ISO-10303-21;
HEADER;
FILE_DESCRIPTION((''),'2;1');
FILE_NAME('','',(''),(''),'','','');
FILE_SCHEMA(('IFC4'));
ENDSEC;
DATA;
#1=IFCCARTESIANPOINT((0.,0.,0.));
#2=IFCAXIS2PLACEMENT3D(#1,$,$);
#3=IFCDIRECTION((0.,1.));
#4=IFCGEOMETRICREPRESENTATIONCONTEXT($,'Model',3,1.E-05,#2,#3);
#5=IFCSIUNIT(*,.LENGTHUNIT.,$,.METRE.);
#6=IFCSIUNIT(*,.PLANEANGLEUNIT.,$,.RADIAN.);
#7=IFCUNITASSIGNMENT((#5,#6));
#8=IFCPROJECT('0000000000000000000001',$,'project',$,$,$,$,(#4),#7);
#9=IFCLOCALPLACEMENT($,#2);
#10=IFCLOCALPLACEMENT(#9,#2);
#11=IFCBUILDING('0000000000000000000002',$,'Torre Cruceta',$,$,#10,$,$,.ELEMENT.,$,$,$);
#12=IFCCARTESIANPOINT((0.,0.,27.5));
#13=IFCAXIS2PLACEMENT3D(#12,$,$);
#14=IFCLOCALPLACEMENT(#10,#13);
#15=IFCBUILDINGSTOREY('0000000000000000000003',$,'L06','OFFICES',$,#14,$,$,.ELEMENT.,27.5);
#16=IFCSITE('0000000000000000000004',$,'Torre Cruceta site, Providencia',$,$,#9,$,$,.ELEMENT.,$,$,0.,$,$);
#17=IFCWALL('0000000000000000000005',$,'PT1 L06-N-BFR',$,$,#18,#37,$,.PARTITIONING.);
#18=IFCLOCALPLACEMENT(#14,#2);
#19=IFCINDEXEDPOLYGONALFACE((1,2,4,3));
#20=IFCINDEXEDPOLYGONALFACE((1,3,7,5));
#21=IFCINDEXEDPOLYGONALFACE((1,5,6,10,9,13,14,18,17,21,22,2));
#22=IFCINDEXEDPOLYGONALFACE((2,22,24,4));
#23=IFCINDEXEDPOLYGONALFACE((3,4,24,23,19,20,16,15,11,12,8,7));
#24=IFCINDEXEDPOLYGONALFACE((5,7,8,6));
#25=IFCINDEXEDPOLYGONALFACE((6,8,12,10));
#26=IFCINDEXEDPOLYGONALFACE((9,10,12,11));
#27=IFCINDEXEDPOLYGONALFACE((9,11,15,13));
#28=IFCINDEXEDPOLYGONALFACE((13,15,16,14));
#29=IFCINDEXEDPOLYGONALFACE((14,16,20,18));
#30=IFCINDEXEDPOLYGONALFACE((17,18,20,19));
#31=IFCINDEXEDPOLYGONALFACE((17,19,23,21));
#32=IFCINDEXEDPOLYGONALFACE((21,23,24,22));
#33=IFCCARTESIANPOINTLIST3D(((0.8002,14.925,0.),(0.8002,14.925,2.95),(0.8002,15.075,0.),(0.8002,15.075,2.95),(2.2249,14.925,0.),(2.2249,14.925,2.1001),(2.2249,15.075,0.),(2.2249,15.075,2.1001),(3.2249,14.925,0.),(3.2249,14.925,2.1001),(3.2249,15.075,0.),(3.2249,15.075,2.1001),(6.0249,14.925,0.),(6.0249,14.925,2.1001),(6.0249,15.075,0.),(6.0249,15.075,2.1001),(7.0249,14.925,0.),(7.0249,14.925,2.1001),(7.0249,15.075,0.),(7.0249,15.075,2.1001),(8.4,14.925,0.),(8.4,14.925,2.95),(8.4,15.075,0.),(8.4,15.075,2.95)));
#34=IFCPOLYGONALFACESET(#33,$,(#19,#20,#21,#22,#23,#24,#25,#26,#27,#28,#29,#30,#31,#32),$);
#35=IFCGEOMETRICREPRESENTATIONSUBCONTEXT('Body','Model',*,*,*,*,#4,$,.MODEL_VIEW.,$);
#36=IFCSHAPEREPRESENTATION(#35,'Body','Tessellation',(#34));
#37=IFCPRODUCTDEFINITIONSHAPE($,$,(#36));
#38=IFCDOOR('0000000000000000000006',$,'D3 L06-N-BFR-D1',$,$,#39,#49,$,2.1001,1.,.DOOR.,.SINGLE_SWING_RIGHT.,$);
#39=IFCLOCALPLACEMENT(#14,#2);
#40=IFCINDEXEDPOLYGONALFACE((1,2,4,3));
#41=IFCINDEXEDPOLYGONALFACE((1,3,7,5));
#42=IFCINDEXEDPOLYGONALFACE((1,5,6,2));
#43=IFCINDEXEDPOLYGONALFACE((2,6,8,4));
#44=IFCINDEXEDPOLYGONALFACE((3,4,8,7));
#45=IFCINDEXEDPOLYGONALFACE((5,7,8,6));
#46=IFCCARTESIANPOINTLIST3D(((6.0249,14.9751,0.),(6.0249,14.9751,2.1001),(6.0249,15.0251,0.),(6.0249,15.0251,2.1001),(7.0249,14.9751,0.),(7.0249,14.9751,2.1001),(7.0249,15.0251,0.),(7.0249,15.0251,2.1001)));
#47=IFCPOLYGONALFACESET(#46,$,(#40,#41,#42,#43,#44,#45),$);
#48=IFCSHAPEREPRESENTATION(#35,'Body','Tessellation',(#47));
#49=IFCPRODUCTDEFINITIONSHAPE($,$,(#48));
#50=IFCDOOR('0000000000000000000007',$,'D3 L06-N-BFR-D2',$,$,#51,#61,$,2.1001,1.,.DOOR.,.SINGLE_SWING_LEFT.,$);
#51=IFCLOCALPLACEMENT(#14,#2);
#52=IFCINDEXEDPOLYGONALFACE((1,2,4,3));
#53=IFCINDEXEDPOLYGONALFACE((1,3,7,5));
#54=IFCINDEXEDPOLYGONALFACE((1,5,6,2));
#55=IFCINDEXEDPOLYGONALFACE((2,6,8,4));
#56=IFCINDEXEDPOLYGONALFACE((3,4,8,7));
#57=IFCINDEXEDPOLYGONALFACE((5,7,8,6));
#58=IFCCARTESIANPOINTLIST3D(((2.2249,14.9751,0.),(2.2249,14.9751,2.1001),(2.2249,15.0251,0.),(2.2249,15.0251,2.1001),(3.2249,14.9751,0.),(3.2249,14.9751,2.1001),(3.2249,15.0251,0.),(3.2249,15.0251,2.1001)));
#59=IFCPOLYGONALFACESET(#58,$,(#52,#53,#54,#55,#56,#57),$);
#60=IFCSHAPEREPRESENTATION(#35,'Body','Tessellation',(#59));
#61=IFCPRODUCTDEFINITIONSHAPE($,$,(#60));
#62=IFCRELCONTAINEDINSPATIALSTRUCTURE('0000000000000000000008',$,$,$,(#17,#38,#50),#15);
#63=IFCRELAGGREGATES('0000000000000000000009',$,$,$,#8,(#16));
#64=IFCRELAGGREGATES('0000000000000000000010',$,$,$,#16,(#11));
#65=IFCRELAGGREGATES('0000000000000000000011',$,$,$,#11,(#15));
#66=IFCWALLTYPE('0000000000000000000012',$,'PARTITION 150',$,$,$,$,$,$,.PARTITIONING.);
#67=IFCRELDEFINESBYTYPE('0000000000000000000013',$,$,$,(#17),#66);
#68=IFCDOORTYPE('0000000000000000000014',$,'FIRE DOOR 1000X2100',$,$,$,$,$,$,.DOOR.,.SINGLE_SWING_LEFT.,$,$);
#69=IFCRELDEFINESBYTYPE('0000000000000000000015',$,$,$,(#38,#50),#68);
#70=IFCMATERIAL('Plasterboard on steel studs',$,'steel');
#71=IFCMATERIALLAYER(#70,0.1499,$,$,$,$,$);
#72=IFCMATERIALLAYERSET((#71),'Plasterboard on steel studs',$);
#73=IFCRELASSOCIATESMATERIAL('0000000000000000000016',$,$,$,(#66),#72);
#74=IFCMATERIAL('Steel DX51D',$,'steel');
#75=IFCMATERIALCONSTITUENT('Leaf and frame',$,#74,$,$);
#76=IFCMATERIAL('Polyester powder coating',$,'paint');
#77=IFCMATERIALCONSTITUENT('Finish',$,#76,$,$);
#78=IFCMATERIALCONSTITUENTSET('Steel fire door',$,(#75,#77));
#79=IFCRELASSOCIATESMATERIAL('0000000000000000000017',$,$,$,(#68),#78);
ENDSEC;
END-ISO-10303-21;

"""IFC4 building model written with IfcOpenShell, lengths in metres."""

from ifc_helpers import new_model, si_unit, direction, frame, frame_2d, origin, place, context, subcontext, project, spatial, rectangle, extrude, material, layer, layer_set, constituent, constituent_set, type_object, element, fill, save


model = new_model("IFC4")

# Units and contexts
model_context = context("Model", 3, precision=1e-05, world=origin(), true_north=direction((0.0, 1.0)))
body_context = subcontext(model_context, "Body", "Model", "MODEL_VIEW")
ifc_project = project(units=[si_unit("LENGTHUNIT", "METRE"), si_unit("PLANEANGLEUNIT", "RADIAN")], contexts=[model_context])

# Site, building, storey
site_placement = place(None, origin())
site = spatial("IfcSite", under=ifc_project, at=site_placement, Name="Torre Cruceta site, Providencia", CompositionType="ELEMENT", RefElevation=0.0)
building_placement = place(site_placement, origin())
building = spatial("IfcBuilding", under=site, at=building_placement, Name="Torre Cruceta", CompositionType="ELEMENT")
storey_placement = place(building_placement, frame((0.0, 0.0, 27.5)))
storey = spatial("IfcBuildingStorey", under=building, at=storey_placement, Name="L06", Description="OFFICES", CompositionType="ELEMENT", Elevation=27.5)

# Wall, openings, doors
ifc_material_1 = material(Name="Plasterboard on steel studs", Category="steel")
ifc_layer_1 = layer(ifc_material_1, 0.1499)
ifc_layer_set_1 = layer_set([ifc_layer_1], Name="Plasterboard on steel studs")
wall_type_1 = type_object("IfcWallType", Name="PARTITION 150", PredefinedType="PARTITIONING", material=ifc_layer_set_1)
wall_1_placement = place(storey_placement, frame((8.3999, 15.0, 0.0), z_axis=(0.0, 0.0, 1.0), x_axis=(-1.0, 0.0, 0.0)))
wall_1 = element("IfcWall", 1, at=wall_1_placement, inside=storey, type_object=wall_type_1, Name="PT1 L06-N-BFR", PredefinedType="PARTITIONING", context=body_context, shape_type="SweptSolid", body=[
    extrude(rectangle(XDim=7.5999, YDim=0.1499, at=frame_2d((3.7998, 0.0))), origin(), (0.0, 0.0, 1.0), 2.95),
])
opening_1_placement = place(wall_1_placement, frame((1.375, 0.0, 0.0)))
opening_1 = element("IfcOpeningElement", 2, at=opening_1_placement, cuts=wall_1, PredefinedType="OPENING", context=body_context, shape_type="SweptSolid", body=[
    extrude(rectangle(XDim=1.0, YDim=2.1001, at=frame_2d((0.5, 1.05))), frame((0.0, 0.085, 0.0), z_axis=(0.0, -1.0, 0.0), x_axis=(1.0, 0.0, 0.0)), (0.0, 0.0, 1.0), 0.1699),
])
opening_2_placement = place(wall_1_placement, frame((5.175, 0.0, 0.0)))
opening_2 = element("IfcOpeningElement", 3, at=opening_2_placement, cuts=wall_1, PredefinedType="OPENING", context=body_context, shape_type="SweptSolid", body=[
    extrude(rectangle(XDim=1.0, YDim=2.1001, at=frame_2d((0.5, 1.05))), frame((0.0, 0.085, 0.0), z_axis=(0.0, -1.0, 0.0), x_axis=(1.0, 0.0, 0.0)), (0.0, 0.0, 1.0), 0.1699),
])
ifc_material_2 = material(Name="Steel DX51D", Category="steel")
ifc_constituent_1 = constituent(ifc_material_2, Name="Leaf and frame")
ifc_material_3 = material(Name="Polyester powder coating", Category="paint")
ifc_constituent_2 = constituent(ifc_material_3, Name="Finish")
ifc_constituent_set_1 = constituent_set(constituents=[ifc_constituent_1, ifc_constituent_2], Name="Steel fire door")
door_type_1 = type_object("IfcDoorType", Name="FIRE DOOR 1000X2100", OperationType="SINGLE_SWING_LEFT", PredefinedType="DOOR", material=ifc_constituent_set_1)
door_1_placement = place(opening_1_placement, origin())
door_1 = element("IfcDoor", 4, at=door_1_placement, inside=storey, type_object=door_type_1, Name="D3 L06-N-BFR-D1", OperationType="SINGLE_SWING_RIGHT", OverallHeight=2.1001, OverallWidth=1.0, PredefinedType="DOOR", context=body_context, shape_type="SweptSolid", body=[
    extrude(rectangle(XDim=1.0, YDim=2.1001, at=frame_2d((0.5, 1.05))), frame((0.0, 0.0249, 0.0), z_axis=(0.0, -1.0, 0.0), x_axis=(1.0, 0.0, 0.0)), (0.0, 0.0, 1.0), 0.05),
])
fill(opening_1, door_1)
door_2_placement = place(opening_2_placement, origin())
door_2 = element("IfcDoor", 5, at=door_2_placement, inside=storey, type_object=door_type_1, Name="D3 L06-N-BFR-D2", OperationType="SINGLE_SWING_LEFT", OverallHeight=2.1001, OverallWidth=1.0, PredefinedType="DOOR", context=body_context, shape_type="SweptSolid", body=[
    extrude(rectangle(XDim=1.0, YDim=2.1001, at=frame_2d((0.5, 1.05))), frame((0.0, 0.0249, 0.0), z_axis=(0.0, -1.0, 0.0), x_axis=(1.0, 0.0, 0.0)), (0.0, 0.0, 1.0), 0.05),
])
fill(opening_2, door_2)

save(model, "model.ifc")
